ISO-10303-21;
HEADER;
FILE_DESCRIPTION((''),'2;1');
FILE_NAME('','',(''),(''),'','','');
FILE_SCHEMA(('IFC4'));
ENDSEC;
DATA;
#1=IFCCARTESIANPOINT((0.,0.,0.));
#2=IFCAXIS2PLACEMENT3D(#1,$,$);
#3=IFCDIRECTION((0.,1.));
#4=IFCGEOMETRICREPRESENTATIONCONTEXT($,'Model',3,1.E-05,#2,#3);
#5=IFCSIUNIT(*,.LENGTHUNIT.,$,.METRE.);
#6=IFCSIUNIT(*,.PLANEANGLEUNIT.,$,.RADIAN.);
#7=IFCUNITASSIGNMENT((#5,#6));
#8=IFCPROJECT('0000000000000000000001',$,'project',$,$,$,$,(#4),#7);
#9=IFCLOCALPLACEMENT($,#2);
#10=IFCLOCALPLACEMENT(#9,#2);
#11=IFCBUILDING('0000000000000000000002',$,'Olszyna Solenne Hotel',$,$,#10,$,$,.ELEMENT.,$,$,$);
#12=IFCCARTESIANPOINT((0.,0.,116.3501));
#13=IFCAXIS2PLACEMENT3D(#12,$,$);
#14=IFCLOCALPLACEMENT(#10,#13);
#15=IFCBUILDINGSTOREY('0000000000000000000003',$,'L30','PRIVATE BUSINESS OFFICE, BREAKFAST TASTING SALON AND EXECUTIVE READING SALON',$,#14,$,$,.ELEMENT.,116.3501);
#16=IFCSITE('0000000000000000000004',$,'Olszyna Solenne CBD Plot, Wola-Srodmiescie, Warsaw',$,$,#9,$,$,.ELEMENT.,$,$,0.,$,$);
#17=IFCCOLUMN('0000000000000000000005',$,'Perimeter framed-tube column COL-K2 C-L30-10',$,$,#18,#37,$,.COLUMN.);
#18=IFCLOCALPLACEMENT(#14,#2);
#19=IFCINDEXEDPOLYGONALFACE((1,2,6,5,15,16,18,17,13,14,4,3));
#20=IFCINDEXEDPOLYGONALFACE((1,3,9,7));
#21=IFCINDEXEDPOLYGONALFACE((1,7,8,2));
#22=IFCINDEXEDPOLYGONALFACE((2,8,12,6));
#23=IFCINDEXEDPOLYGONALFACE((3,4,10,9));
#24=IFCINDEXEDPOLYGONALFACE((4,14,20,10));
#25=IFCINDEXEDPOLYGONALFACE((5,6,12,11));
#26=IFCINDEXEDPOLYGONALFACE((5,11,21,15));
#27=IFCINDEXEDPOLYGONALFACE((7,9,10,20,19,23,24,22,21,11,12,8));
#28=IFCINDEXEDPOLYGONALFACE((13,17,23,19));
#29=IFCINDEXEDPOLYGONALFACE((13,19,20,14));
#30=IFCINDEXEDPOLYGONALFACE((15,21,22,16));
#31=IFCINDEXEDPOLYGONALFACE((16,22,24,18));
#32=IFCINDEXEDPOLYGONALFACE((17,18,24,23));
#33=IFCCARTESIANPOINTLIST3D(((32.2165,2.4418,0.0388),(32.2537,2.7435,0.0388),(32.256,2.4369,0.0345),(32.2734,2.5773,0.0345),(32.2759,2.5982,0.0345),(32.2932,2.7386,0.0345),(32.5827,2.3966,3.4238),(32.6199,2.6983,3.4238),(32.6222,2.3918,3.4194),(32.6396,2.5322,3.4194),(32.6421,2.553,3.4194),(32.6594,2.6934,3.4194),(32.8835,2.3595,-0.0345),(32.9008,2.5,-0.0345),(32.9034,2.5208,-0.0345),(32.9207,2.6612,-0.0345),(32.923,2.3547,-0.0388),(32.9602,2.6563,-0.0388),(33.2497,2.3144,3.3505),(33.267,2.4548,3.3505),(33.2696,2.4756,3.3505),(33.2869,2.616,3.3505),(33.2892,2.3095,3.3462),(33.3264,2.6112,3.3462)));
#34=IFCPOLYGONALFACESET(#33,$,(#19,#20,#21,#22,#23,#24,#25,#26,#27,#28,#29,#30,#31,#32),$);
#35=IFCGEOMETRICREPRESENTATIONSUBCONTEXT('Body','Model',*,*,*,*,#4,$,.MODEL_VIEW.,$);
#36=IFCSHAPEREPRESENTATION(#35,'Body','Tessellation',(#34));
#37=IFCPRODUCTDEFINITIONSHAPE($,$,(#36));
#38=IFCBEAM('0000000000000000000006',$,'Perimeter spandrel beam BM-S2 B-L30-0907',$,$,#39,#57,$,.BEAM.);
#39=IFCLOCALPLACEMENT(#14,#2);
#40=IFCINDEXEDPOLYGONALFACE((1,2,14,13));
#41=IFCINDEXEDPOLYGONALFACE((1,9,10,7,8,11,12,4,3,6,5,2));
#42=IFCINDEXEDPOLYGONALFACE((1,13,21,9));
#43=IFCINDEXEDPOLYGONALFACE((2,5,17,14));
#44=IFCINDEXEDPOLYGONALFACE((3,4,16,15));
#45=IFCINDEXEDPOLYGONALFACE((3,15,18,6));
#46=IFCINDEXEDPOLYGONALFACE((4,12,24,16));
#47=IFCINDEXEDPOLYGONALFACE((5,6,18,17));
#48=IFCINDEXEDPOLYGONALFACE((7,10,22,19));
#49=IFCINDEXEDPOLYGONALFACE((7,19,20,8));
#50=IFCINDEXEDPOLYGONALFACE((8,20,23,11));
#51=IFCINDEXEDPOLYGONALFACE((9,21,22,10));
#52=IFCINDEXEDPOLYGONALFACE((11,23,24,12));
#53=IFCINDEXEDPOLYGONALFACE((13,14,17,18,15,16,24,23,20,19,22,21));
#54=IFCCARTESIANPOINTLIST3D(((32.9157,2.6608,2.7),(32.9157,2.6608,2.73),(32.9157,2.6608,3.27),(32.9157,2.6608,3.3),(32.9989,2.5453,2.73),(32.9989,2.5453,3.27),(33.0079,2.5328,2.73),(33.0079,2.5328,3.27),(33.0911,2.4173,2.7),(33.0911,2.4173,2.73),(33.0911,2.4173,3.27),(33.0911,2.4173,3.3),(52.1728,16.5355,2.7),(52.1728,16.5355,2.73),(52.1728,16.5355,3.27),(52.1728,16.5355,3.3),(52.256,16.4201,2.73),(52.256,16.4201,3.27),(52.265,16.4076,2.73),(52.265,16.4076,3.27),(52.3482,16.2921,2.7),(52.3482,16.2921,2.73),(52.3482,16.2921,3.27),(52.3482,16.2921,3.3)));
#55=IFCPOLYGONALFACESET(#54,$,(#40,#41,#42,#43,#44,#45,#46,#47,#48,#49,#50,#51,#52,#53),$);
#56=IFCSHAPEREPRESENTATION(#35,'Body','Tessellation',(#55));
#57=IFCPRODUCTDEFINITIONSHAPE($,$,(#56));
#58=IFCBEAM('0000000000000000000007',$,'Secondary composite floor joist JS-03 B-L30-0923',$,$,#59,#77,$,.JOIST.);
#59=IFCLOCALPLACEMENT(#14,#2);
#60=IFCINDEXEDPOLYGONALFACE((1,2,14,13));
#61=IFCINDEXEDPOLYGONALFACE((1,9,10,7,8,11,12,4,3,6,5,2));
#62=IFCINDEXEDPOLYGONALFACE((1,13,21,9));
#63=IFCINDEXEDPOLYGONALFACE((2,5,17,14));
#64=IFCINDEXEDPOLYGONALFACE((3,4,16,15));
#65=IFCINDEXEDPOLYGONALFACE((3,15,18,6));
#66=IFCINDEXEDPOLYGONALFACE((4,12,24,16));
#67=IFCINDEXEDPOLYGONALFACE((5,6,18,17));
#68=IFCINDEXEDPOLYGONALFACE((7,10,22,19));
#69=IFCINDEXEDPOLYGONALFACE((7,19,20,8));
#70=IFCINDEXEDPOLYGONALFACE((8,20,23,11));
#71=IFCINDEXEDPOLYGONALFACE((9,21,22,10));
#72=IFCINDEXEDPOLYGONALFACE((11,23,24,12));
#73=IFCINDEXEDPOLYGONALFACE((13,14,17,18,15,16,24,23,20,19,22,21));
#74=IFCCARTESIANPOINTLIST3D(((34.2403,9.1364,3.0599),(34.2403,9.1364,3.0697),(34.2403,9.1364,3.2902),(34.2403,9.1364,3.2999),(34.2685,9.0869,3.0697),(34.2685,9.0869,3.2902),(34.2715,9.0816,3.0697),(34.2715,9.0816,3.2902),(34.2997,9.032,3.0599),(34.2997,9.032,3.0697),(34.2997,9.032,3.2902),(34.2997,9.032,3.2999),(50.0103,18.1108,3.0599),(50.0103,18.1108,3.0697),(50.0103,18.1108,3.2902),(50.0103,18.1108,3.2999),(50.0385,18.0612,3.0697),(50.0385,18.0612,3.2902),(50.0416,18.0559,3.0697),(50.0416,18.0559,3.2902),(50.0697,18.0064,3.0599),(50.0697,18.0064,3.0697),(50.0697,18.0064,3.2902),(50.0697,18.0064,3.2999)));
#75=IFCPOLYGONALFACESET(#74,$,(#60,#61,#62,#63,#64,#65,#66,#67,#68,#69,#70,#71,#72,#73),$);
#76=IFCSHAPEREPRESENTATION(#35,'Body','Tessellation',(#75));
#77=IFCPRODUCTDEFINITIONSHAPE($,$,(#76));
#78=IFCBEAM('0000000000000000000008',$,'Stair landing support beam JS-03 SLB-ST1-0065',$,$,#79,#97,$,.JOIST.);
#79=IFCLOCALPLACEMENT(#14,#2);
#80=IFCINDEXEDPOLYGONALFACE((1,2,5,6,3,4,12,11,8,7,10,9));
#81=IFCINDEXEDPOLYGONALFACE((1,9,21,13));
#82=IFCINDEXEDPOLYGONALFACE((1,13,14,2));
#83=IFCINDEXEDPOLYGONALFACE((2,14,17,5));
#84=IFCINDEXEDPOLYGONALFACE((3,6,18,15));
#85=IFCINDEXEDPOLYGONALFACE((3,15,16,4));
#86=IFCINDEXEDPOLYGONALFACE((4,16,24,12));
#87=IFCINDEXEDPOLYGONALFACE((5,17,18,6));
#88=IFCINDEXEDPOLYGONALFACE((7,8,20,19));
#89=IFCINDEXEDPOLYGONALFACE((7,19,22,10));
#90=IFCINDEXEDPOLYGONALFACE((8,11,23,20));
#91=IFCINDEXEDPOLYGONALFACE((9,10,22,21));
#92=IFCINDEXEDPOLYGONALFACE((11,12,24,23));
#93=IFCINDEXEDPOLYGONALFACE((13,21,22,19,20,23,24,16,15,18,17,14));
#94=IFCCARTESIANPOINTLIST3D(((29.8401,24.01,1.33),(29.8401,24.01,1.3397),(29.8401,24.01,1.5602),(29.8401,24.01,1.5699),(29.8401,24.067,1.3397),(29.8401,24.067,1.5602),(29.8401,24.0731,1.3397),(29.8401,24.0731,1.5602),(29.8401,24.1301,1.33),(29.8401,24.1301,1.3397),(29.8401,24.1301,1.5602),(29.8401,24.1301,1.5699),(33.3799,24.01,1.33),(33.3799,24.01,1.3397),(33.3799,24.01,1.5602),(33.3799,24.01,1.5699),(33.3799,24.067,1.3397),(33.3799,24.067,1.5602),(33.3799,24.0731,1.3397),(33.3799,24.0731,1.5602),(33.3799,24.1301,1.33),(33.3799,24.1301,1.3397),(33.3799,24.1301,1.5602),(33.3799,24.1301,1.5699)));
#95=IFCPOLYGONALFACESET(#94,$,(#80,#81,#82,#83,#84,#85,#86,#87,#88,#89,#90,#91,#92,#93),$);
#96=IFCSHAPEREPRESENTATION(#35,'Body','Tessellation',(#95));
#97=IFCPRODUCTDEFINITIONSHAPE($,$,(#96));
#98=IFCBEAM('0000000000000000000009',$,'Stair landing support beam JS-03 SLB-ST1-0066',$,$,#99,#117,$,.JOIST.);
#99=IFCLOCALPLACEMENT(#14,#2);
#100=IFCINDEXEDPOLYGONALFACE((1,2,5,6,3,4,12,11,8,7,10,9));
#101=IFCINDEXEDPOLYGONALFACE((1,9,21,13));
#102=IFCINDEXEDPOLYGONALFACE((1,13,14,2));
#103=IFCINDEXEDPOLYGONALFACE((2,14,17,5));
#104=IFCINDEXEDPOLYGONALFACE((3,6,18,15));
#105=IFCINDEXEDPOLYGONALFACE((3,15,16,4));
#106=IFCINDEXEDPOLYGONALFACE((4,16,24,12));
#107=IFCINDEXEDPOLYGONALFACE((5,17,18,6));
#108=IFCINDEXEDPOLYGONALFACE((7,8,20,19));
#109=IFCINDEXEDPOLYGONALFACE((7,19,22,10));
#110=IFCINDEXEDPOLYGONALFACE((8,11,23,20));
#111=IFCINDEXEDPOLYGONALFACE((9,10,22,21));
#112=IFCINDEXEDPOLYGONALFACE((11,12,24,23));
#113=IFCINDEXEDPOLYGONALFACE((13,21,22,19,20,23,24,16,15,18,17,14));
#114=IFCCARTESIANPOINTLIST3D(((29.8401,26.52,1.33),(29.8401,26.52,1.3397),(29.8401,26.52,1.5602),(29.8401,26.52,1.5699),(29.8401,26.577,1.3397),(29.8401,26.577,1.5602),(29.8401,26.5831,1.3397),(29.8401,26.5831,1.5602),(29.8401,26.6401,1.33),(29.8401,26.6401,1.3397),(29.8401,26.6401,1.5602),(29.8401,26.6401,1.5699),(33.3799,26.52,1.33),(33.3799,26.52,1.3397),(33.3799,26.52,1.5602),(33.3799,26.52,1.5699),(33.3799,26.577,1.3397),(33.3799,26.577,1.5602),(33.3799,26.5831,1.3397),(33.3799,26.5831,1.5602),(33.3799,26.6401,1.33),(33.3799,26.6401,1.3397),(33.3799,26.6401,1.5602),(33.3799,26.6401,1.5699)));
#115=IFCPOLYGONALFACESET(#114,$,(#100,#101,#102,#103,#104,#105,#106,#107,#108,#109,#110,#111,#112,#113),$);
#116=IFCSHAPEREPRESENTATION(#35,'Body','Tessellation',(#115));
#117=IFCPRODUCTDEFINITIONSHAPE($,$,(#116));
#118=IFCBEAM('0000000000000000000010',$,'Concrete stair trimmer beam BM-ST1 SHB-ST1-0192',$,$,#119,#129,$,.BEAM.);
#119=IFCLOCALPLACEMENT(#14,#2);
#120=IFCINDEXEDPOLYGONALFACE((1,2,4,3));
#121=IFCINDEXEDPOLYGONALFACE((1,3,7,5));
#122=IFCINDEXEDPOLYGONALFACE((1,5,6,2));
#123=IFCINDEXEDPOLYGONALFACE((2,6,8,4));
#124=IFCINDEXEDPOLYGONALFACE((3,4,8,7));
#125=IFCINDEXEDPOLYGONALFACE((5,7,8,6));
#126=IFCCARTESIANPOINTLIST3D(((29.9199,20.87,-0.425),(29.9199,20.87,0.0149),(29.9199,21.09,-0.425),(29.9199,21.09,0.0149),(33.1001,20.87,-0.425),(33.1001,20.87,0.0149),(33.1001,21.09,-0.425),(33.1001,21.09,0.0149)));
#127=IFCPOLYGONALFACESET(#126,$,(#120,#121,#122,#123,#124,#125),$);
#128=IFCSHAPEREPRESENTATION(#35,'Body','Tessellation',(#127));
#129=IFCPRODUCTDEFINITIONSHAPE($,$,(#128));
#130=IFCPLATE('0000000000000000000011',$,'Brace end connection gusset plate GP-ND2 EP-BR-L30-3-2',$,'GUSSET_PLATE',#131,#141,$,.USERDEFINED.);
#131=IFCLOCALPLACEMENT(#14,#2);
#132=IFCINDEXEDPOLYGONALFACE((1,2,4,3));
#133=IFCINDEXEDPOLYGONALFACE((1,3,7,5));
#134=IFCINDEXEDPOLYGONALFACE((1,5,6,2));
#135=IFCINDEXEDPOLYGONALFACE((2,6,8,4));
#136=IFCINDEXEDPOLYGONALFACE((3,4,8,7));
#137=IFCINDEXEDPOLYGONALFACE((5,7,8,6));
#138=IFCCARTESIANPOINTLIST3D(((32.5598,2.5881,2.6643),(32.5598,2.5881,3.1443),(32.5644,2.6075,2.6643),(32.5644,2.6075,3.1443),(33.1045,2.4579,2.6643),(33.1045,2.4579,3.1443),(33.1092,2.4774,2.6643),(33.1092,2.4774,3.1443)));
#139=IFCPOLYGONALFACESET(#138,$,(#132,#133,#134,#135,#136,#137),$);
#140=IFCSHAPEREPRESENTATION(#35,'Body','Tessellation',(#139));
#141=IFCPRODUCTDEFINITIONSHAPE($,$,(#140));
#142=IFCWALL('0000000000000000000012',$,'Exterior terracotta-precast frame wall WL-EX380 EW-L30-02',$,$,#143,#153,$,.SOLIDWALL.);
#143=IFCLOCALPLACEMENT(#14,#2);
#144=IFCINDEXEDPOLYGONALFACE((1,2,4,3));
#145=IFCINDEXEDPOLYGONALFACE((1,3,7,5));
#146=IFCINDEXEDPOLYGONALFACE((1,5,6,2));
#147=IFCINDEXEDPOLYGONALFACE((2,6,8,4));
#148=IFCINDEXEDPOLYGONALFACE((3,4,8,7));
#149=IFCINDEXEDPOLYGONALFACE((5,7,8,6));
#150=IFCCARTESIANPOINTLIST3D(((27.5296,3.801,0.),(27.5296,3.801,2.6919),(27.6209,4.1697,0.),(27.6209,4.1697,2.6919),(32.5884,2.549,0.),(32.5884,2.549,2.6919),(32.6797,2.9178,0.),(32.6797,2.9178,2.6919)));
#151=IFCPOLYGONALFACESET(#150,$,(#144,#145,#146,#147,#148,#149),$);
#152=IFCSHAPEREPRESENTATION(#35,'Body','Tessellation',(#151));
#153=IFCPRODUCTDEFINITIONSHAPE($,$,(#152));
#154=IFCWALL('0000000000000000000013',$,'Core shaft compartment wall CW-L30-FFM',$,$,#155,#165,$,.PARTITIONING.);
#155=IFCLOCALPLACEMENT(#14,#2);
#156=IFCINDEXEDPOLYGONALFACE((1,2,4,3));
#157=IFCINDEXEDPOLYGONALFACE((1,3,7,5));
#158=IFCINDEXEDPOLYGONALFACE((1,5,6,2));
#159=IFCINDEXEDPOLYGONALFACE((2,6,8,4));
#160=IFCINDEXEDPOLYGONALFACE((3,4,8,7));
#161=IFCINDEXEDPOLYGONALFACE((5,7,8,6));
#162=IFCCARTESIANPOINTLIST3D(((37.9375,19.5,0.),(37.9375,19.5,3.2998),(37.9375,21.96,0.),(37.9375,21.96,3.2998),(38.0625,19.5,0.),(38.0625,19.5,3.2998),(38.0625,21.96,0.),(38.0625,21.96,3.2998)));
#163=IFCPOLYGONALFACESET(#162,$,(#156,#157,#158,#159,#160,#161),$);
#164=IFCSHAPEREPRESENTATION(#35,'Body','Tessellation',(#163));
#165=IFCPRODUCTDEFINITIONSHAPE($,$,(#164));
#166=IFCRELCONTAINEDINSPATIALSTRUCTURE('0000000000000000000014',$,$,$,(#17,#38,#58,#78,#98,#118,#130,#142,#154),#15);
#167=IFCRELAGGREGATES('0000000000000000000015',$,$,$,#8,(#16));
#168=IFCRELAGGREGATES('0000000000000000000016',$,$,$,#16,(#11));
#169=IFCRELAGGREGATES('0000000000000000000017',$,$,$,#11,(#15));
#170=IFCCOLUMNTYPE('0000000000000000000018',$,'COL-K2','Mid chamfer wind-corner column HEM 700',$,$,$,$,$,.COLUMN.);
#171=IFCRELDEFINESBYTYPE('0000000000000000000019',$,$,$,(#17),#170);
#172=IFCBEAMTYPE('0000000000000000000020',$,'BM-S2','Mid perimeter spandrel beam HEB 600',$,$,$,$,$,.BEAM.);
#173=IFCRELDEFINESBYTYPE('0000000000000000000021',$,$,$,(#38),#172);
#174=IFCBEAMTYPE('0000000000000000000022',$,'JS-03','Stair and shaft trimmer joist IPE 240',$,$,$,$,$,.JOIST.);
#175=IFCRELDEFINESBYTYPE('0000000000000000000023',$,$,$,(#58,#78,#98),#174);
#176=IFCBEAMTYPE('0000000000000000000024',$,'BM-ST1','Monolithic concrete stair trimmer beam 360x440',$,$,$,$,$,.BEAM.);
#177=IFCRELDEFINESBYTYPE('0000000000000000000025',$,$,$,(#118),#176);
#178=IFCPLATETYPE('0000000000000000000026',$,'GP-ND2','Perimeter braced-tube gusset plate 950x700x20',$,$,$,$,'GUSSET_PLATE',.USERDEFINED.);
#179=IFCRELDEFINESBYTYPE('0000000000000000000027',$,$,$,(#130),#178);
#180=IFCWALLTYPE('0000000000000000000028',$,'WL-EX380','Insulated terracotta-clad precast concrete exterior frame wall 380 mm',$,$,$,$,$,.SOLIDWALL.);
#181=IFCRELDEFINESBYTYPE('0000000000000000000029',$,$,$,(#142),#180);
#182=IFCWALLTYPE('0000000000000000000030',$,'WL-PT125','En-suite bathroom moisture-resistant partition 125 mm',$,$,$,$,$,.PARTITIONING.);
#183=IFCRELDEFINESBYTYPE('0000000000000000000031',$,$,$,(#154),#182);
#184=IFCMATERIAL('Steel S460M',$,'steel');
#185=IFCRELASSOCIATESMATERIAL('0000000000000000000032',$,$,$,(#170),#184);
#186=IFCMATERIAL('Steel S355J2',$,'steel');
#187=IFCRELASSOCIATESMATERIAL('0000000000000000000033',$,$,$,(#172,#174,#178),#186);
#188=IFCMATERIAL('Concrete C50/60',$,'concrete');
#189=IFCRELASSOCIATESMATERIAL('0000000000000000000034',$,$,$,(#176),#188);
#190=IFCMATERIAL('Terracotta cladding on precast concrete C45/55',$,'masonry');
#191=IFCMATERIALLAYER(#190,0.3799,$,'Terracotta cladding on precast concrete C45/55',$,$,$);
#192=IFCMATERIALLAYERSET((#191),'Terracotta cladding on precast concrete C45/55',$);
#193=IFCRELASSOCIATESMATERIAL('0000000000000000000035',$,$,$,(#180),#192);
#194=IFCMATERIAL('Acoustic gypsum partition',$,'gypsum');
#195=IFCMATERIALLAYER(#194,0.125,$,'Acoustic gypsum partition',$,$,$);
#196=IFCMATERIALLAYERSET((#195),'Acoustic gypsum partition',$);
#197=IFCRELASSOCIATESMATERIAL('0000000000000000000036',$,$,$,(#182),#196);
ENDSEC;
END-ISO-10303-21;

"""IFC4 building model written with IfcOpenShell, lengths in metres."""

from ifc_helpers import new_model, si_unit, direction, frame, frame_2d, origin, origin_2d, place, context, subcontext, project, spatial, rectangle, i_section, extrude, source, transform, mapped, material, layer, layer_set, material_profile, profile_set, type_object, element, save


model = new_model("IFC4")

# Units and contexts
model_context = context("Model", 3, precision=1e-05, world=origin(), true_north=direction((0.0, 1.0)))
body_context = subcontext(model_context, "Body", "Model", "MODEL_VIEW")
ifc_project = project(units=[si_unit("LENGTHUNIT", "METRE"), si_unit("PLANEANGLEUNIT", "RADIAN")], contexts=[model_context])

# Site, building, storey
site_placement = place(None, origin())
site = spatial("IfcSite", under=ifc_project, at=site_placement, Name="Olszyna Solenne CBD Plot, Wola-Srodmiescie, Warsaw", CompositionType="ELEMENT", RefElevation=0.0)
building_placement = place(site_placement, origin())
building = spatial("IfcBuilding", under=site, at=building_placement, Name="Olszyna Solenne Hotel", CompositionType="ELEMENT")
storey_placement = place(building_placement, frame((0.0, 0.0, 116.3501)))
storey = spatial("IfcBuildingStorey", under=building, at=storey_placement, Name="L30", Description="PRIVATE BUSINESS OFFICE, BREAKFAST TASTING SALON AND EXECUTIVE READING SALON", CompositionType="ELEMENT", Elevation=116.3501)

# Column
ifc_material_1 = material(Name="Steel S460M", Category="steel")
ifc_material_profile_1 = material_profile(ifc_material_1, i_section(OverallWidth=0.304, OverallDepth=0.7161, WebThickness=0.021, FlangeThickness=0.04, at=origin_2d()), Name="HEM 700", Category="load-bearing")
ifc_profile_set_1 = profile_set([ifc_material_profile_1], Name="Steel S460M")
column_type = type_object("IfcColumnType", Name="COL-K2", Description="Mid chamfer wind-corner column HEM 700", PredefinedType="COLUMN", material=ifc_profile_set_1)
shared_shape_1 = source(origin(), body_context, "Body", "SweptSolid", [
    extrude(i_section(OverallWidth=0.304, OverallDepth=0.7161, WebThickness=0.021, FlangeThickness=0.04, at=origin_2d()), origin(), (0.0, 0.0, 1.0), 3.405),
])
column_placement = place(storey_placement, frame((32.5884, 2.5491, 0.0), z_axis=(0.107549, -0.013264, 0.994111), x_axis=(0.122406, 0.99248, 0.0)))
element("IfcColumn", 1, at=column_placement, inside=storey, type_object=column_type, Name="Perimeter framed-tube column COL-K2 C-L30-10", PredefinedType="COLUMN", context=body_context, shape_type="MappedRepresentation", body=[
    mapped(shared_shape_1, transform((0.0, 0.0, 0.0), x_axis=(1.0, 0.0, 0.0), y_axis=(0.0, 1.0, 0.0), z_axis=(0.0, 0.0, 1.0), scale=1.0)),
])

# Beams
ifc_material_2 = material(Name="Steel S355J2", Category="steel")
ifc_material_profile_2 = material_profile(ifc_material_2, i_section(OverallWidth=0.3, OverallDepth=0.6001, WebThickness=0.0154, FlangeThickness=0.03, at=origin_2d()), Name="HEB 600", Category="load-bearing")
ifc_profile_set_2 = profile_set([ifc_material_profile_2], Name="Steel S355J2")
beam_type_1 = type_object("IfcBeamType", Name="BM-S2", Description="Mid perimeter spandrel beam HEB 600", PredefinedType="BEAM", material=ifc_profile_set_2)
shared_shape_2 = source(origin(), body_context, "Body", "SweptSolid", [
    extrude(i_section(OverallWidth=0.3, OverallDepth=0.6001, WebThickness=0.0154, FlangeThickness=0.03, at=origin_2d()), origin(), (0.0, 0.0, 1.0), 23.7349),
])
beam_1_placement = place(storey_placement, frame((33.0034, 2.5391, 3.0), z_axis=(0.811341, 0.584573, 0.0), x_axis=(-0.584573, 0.811341, 0.0)))
element("IfcBeam", 2, at=beam_1_placement, inside=storey, type_object=beam_type_1, Name="Perimeter spandrel beam BM-S2 B-L30-0907", PredefinedType="BEAM", context=body_context, shape_type="MappedRepresentation", body=[
    mapped(shared_shape_2, transform((0.0, 0.0, 0.0), x_axis=(1.0, 0.0, 0.0), y_axis=(0.0, 1.0, 0.0), z_axis=(0.0, 0.0, 1.0), scale=1.0)),
])
ifc_material_profile_3 = material_profile(ifc_material_2, i_section(OverallWidth=0.1201, OverallDepth=0.24, WebThickness=0.0061, FlangeThickness=0.0098, at=origin_2d()), Name="IPE 240", Category="load-bearing")
ifc_profile_set_3 = profile_set([ifc_material_profile_3], Name="Steel S355J2")
beam_type_2 = type_object("IfcBeamType", Name="JS-03", Description="Stair and shaft trimmer joist IPE 240", PredefinedType="JOIST", material=ifc_profile_set_3)
shared_shape_3 = source(origin(), body_context, "Body", "SweptSolid", [
    extrude(i_section(OverallWidth=0.1201, OverallDepth=0.24, WebThickness=0.0061, FlangeThickness=0.0098, at=origin_2d()), origin(), (0.0, 0.0, 1.0), 18.1448),
])
beam_2_placement = place(storey_placement, frame((34.27, 9.0842, 3.1799), z_axis=(0.869122, 0.494598, 0.0), x_axis=(-0.494598, 0.869122, 0.0)))
element("IfcBeam", 3, at=beam_2_placement, inside=storey, type_object=beam_type_2, Name="Secondary composite floor joist JS-03 B-L30-0923", PredefinedType="JOIST", context=body_context, shape_type="MappedRepresentation", body=[
    mapped(shared_shape_3, transform((0.0, 0.0, 0.0), x_axis=(1.0, 0.0, 0.0), y_axis=(0.0, 1.0, 0.0), z_axis=(0.0, 0.0, 1.0), scale=1.0)),
])
shared_shape_4 = source(origin(), body_context, "Body", "SweptSolid", [
    extrude(i_section(OverallWidth=0.1201, OverallDepth=0.24, WebThickness=0.0061, FlangeThickness=0.0098, at=origin_2d()), origin(), (0.0, 0.0, 1.0), 3.5398),
])
for number, where, z_axis, x_axis, name in (
    (4, (33.3799, 24.0701, 1.45), (-1.0, 0.0, 0.0), (0.0, -1.0, 0.0), "Stair landing support beam JS-03 SLB-ST1-0065"),
    (5, (33.3799, 26.5801, 1.45), (-1.0, 0.0, 0.0), (0.0, -1.0, 0.0), "Stair landing support beam JS-03 SLB-ST1-0066"),
):
    element("IfcBeam", number, at=place(storey_placement, frame(where, z_axis=z_axis, x_axis=x_axis)), inside=storey, type_object=beam_type_2, Name=name, PredefinedType="JOIST", context=body_context, shape_type="MappedRepresentation", body=[
        mapped(shared_shape_4, transform((0.0, 0.0, 0.0), x_axis=(1.0, 0.0, 0.0), y_axis=(0.0, 1.0, 0.0), z_axis=(0.0, 0.0, 1.0), scale=1.0)),
    ])
ifc_material_3 = material(Name="Concrete C50/60", Category="concrete")
ifc_material_profile_4 = material_profile(ifc_material_3, rectangle(XDim=0.22, YDim=0.4399, at=origin_2d()), Name="RC 220x440", Category="load-bearing")
ifc_profile_set_4 = profile_set([ifc_material_profile_4], Name="Concrete C50/60")
beam_type_3 = type_object("IfcBeamType", Name="BM-ST1", Description="Monolithic concrete stair trimmer beam 360x440", PredefinedType="BEAM", material=ifc_profile_set_4)
shared_shape_5 = source(origin(), body_context, "Body", "SweptSolid", [
    extrude(rectangle(XDim=0.22, YDim=0.4399, at=origin_2d()), origin(), (0.0, 0.0, 1.0), 3.1802),
])
beam_3_placement = place(storey_placement, frame((33.1001, 20.98, -0.2051), z_axis=(-1.0, 0.0, 0.0), x_axis=(0.0, -1.0, 0.0)))
element("IfcBeam", 6, at=beam_3_placement, inside=storey, type_object=beam_type_3, Name="Concrete stair trimmer beam BM-ST1 SHB-ST1-0192", PredefinedType="BEAM", context=body_context, shape_type="MappedRepresentation", body=[
    mapped(shared_shape_5, transform((0.0, 0.0, 0.0), x_axis=(1.0, 0.0, 0.0), y_axis=(0.0, 1.0, 0.0), z_axis=(0.0, 0.0, 1.0), scale=1.0)),
])

# Plate
plate_type = type_object("IfcPlateType", Name="GP-ND2", Description="Perimeter braced-tube gusset plate 950x700x20", ElementType="GUSSET_PLATE", PredefinedType="USERDEFINED", material=ifc_material_2)
shared_shape_6 = source(origin(), body_context, "Body", "SweptSolid", [
    extrude(rectangle(XDim=0.5601, YDim=0.02, at=origin_2d()), origin(), (0.0, 0.0, 1.0), 0.48),
])
plate_placement = place(storey_placement, frame((32.8345, 2.5327, 2.6643), z_axis=(0.0, 0.0, 1.0), x_axis=(0.972614, -0.232427, 0.0)))
element("IfcPlate", 7, at=plate_placement, inside=storey, type_object=plate_type, Name="Brace end connection gusset plate GP-ND2 EP-BR-L30-3-2", ObjectType="GUSSET_PLATE", PredefinedType="USERDEFINED", context=body_context, shape_type="MappedRepresentation", body=[
    mapped(shared_shape_6, transform((0.0, 0.0, 0.0), x_axis=(1.0, 0.0, 0.0), y_axis=(0.0, 1.0, 0.0), z_axis=(0.0, 0.0, 1.0), scale=1.0)),
])

# Walls
ifc_material_4 = material(Name="Terracotta cladding on precast concrete C45/55", Category="masonry")
ifc_layer_1 = layer(ifc_material_4, 0.3799, Name="Terracotta cladding on precast concrete C45/55")
ifc_layer_set_1 = layer_set([ifc_layer_1], Name="Terracotta cladding on precast concrete C45/55")
wall_type_1 = type_object("IfcWallType", Name="WL-EX380", Description="Insulated terracotta-clad precast concrete exterior frame wall 380 mm", PredefinedType="SOLIDWALL", material=ifc_layer_set_1)
wall_1_placement = place(storey_placement, frame((32.634, 2.7334, 0.0), z_axis=(0.0, 0.0, 1.0), x_axis=(-0.970716, 0.240231, 0.0)))
element("IfcWall", 8, at=wall_1_placement, inside=storey, type_object=wall_type_1, Name="Exterior terracotta-precast frame wall WL-EX380 EW-L30-02", PredefinedType="SOLIDWALL", context=body_context, shape_type="SweptSolid", body=[
    extrude(rectangle(XDim=5.2114, YDim=0.3799, at=frame_2d((2.6057, 0.0))), origin(), (0.0, 0.0, 1.0), 2.6919),
])
ifc_material_5 = material(Name="Acoustic gypsum partition", Category="gypsum")
ifc_layer_2 = layer(ifc_material_5, 0.125, Name="Acoustic gypsum partition")
ifc_layer_set_2 = layer_set([ifc_layer_2], Name="Acoustic gypsum partition")
wall_type_2 = type_object("IfcWallType", Name="WL-PT125", Description="En-suite bathroom moisture-resistant partition 125 mm", PredefinedType="PARTITIONING", material=ifc_layer_set_2)
wall_2_placement = place(storey_placement, frame((38.0, 19.5, 0.0), z_axis=(0.0, 0.0, 1.0), x_axis=(0.0, 1.0, 0.0)))
element("IfcWall", 9, at=wall_2_placement, inside=storey, type_object=wall_type_2, Name="Core shaft compartment wall CW-L30-FFM", PredefinedType="PARTITIONING", context=body_context, shape_type="SweptSolid", body=[
    extrude(rectangle(XDim=2.46, YDim=0.125, at=frame_2d((1.23, 0.0))), origin(), (0.0, 0.0, 1.0), 3.2998),
])

save(model, "model.ifc")
